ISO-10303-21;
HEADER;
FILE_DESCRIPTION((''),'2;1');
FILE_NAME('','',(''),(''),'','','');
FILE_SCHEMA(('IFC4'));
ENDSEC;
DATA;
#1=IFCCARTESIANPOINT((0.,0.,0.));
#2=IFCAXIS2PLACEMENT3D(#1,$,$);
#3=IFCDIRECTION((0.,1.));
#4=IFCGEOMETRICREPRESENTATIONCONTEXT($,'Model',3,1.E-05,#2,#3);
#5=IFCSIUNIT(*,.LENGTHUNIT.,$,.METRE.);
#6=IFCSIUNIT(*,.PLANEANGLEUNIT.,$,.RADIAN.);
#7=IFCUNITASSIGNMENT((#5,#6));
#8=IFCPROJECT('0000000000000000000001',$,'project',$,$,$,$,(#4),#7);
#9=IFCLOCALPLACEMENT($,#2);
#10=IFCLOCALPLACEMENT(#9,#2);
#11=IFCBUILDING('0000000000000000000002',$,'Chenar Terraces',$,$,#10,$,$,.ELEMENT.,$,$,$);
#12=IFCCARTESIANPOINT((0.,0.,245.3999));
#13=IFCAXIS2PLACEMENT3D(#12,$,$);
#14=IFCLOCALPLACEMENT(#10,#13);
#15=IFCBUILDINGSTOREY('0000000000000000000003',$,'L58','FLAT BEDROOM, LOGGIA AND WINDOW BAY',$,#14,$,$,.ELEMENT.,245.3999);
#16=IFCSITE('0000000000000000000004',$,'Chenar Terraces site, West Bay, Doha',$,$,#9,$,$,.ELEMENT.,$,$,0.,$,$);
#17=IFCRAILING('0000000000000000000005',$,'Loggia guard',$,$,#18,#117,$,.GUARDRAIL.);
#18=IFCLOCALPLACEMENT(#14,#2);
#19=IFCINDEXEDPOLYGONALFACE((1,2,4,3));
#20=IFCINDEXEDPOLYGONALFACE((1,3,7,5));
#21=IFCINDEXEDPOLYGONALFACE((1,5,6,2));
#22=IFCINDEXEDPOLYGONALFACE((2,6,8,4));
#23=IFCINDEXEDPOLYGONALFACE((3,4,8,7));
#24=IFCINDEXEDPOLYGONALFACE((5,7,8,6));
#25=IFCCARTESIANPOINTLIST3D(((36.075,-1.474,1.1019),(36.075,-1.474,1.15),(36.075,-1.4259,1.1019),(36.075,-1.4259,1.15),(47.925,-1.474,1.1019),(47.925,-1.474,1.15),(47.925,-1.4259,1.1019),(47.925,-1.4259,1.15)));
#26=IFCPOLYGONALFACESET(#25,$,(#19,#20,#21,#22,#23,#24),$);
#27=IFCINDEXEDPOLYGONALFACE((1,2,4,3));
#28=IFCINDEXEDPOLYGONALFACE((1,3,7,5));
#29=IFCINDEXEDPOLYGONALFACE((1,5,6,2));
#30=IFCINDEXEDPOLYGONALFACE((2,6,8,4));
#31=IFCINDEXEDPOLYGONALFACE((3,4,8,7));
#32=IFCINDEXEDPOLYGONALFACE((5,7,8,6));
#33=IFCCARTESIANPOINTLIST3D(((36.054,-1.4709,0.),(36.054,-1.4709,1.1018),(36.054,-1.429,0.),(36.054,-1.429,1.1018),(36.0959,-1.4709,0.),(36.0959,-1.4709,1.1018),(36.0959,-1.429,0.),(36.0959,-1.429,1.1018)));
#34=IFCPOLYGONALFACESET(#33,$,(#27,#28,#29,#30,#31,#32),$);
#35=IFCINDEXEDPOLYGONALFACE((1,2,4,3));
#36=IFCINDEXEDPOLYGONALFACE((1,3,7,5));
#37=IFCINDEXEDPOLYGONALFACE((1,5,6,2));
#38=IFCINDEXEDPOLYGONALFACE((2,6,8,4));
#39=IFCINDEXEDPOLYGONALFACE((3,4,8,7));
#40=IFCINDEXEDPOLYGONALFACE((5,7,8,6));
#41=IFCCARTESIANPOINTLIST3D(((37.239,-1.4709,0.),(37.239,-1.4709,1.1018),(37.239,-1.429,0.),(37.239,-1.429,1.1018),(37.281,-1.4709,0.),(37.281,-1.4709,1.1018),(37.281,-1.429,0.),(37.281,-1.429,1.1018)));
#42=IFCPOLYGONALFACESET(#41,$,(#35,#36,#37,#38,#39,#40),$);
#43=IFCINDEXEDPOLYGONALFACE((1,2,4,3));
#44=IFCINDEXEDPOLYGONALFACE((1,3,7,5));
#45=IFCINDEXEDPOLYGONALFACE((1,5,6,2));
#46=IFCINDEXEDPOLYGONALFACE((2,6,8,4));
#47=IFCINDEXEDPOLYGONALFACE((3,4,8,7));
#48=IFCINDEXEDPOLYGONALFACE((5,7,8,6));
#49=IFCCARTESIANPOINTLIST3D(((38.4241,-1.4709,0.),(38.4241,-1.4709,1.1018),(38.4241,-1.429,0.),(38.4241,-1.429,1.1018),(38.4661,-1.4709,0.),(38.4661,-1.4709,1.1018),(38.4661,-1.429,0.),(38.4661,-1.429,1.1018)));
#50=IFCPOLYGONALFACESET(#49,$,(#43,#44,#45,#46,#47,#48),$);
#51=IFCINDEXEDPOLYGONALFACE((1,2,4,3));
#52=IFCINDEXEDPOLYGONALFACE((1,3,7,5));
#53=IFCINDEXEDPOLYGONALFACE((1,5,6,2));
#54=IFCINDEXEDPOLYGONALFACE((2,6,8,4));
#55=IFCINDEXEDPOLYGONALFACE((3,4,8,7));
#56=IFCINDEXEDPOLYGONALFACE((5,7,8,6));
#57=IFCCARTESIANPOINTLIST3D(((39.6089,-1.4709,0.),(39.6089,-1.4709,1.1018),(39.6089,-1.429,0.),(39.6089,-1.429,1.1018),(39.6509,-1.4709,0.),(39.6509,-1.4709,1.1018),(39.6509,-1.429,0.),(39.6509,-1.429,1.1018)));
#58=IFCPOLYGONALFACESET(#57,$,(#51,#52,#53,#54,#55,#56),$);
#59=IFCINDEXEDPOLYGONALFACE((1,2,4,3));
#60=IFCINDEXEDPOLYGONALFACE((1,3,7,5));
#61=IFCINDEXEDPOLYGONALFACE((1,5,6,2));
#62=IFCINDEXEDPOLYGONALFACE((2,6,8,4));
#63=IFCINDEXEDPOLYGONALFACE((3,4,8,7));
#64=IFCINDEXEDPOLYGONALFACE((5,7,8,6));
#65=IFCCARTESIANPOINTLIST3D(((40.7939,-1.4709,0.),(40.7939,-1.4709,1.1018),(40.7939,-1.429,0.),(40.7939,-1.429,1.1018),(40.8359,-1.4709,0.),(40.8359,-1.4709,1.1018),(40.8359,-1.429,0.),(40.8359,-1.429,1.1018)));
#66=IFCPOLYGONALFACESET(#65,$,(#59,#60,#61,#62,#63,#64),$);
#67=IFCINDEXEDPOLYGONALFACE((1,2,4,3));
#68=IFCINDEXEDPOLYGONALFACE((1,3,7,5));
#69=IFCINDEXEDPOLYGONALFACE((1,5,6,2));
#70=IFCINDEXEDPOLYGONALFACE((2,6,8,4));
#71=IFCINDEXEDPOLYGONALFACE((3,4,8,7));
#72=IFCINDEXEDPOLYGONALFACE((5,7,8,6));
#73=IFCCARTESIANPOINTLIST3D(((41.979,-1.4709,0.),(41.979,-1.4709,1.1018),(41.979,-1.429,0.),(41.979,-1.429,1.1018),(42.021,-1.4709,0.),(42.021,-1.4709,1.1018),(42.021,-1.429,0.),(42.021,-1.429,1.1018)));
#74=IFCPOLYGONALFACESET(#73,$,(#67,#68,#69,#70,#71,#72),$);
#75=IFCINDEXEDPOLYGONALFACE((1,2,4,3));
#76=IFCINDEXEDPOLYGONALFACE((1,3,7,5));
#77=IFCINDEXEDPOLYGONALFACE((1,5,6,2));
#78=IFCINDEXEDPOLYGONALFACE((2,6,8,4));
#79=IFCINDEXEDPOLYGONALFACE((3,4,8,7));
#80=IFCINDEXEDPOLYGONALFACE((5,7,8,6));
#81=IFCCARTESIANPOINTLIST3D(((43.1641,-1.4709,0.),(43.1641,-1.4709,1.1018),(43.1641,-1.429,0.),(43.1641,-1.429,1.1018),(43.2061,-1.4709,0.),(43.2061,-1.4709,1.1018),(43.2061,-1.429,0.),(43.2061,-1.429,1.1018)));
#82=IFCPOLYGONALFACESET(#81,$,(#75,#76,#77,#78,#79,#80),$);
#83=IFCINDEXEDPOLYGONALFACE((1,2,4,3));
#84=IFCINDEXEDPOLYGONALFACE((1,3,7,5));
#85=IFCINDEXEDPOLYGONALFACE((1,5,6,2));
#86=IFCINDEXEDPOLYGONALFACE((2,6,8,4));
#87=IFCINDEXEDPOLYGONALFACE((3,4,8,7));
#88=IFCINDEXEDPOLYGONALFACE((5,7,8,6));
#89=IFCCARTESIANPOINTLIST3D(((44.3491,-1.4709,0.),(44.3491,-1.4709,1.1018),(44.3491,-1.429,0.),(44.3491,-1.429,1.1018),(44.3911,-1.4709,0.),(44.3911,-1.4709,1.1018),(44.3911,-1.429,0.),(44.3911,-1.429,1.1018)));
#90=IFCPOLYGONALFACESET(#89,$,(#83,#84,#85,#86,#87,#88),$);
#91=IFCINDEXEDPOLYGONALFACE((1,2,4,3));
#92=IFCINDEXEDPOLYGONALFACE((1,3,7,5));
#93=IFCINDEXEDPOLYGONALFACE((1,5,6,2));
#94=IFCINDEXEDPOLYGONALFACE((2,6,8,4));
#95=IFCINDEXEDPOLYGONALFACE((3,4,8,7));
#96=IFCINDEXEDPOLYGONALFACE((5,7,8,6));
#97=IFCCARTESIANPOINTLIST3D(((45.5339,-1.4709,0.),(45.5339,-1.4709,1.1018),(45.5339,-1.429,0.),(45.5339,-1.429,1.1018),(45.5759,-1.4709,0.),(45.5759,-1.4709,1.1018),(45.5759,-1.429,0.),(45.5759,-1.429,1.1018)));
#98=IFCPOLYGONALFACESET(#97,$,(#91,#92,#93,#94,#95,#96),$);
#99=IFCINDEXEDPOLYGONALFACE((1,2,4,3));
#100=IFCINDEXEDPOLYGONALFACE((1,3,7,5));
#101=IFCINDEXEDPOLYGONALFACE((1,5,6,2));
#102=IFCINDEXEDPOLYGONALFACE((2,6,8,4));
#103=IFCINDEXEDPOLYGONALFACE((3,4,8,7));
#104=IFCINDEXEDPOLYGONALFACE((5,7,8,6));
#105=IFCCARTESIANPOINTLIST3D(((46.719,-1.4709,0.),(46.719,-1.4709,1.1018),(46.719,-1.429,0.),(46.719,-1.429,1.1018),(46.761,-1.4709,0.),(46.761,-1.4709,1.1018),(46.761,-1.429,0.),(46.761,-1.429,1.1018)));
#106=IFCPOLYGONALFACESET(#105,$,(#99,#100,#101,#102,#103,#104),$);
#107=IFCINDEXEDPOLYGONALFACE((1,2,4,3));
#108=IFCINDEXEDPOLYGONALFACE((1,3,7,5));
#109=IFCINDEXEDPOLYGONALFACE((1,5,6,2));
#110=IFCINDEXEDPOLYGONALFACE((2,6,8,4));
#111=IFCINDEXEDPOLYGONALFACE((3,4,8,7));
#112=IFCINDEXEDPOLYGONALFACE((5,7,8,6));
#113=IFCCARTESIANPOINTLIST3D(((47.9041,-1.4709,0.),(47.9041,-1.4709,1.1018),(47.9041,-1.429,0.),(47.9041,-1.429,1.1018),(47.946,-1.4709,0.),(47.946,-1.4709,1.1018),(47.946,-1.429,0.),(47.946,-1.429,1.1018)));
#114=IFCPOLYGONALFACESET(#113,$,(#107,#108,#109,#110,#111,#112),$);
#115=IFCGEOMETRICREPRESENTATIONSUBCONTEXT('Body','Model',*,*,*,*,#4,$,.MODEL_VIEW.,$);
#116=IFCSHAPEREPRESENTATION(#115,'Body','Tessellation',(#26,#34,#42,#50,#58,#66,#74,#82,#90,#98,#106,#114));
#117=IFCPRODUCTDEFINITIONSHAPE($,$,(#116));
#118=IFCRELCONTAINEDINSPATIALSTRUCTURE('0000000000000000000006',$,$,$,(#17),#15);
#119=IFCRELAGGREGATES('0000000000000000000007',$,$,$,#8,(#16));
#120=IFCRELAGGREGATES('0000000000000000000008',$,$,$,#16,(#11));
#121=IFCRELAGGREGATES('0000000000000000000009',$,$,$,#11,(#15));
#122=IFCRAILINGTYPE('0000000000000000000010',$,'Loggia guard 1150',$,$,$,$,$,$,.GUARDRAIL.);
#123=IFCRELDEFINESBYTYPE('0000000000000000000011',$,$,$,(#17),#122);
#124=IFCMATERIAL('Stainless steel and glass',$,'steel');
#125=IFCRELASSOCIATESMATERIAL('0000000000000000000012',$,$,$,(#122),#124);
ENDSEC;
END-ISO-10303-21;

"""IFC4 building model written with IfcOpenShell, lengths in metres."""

from ifc_helpers import new_model, si_unit, direction, frame, origin, origin_2d, place, context, subcontext, project, spatial, rectangle, extrude, material, type_object, element, save


model = new_model("IFC4")

# Units and contexts
model_context = context("Model", 3, precision=1e-05, world=origin(), true_north=direction((0.0, 1.0)))
body_context = subcontext(model_context, "Body", "Model", "MODEL_VIEW")
ifc_project = project(units=[si_unit("LENGTHUNIT", "METRE"), si_unit("PLANEANGLEUNIT", "RADIAN")], contexts=[model_context])

# Site, building, storey
site_placement = place(None, origin())
site = spatial("IfcSite", under=ifc_project, at=site_placement, Name="Chenar Terraces site, West Bay, Doha", CompositionType="ELEMENT", RefElevation=0.0)
building_placement = place(site_placement, origin())
building = spatial("IfcBuilding", under=site, at=building_placement, Name="Chenar Terraces", CompositionType="ELEMENT")
storey_placement = place(building_placement, frame((0.0, 0.0, 245.3999)))
storey = spatial("IfcBuildingStorey", under=building, at=storey_placement, Name="L58", Description="FLAT BEDROOM, LOGGIA AND WINDOW BAY", CompositionType="ELEMENT", Elevation=245.3999)

# Railing
ifc_material_1 = material(Name="Stainless steel and glass", Category="steel")
railing_type_1 = type_object("IfcRailingType", Name="Loggia guard 1150", PredefinedType="GUARDRAIL", material=ifc_material_1)
railing_1_placement = place(storey_placement, frame((36.075, -1.45, 0.0)))
element("IfcRailing", 1, at=railing_1_placement, inside=storey, type_object=railing_type_1, Name="Loggia guard", PredefinedType="GUARDRAIL", context=body_context, shape_type="SweptSolid", body=[
    extrude(rectangle(XDim=0.0481, YDim=0.0481, at=origin_2d()), frame((0.0, 0.0, 1.126), z_axis=(1.0, 0.0, 0.0), x_axis=(0.0, 1.0, 0.0)), (0.0, 0.0, 1.0), 11.8501),
    extrude(rectangle(XDim=0.042, YDim=0.042, at=origin_2d()), origin(), (0.0, 0.0, 1.0), 1.1018),
    extrude(rectangle(XDim=0.042, YDim=0.042, at=origin_2d()), frame((1.1851, 0.0, 0.0)), (0.0, 0.0, 1.0), 1.1018),
    extrude(rectangle(XDim=0.042, YDim=0.042, at=origin_2d()), frame((2.3701, 0.0, 0.0)), (0.0, 0.0, 1.0), 1.1018),
    extrude(rectangle(XDim=0.042, YDim=0.042, at=origin_2d()), frame((3.5549, 0.0, 0.0)), (0.0, 0.0, 1.0), 1.1018),
    extrude(rectangle(XDim=0.042, YDim=0.042, at=origin_2d()), frame((4.74, 0.0, 0.0)), (0.0, 0.0, 1.0), 1.1018),
    extrude(rectangle(XDim=0.042, YDim=0.042, at=origin_2d()), frame((5.925, 0.0, 0.0)), (0.0, 0.0, 1.0), 1.1018),
    extrude(rectangle(XDim=0.042, YDim=0.042, at=origin_2d()), frame((7.1101, 0.0, 0.0)), (0.0, 0.0, 1.0), 1.1018),
    extrude(rectangle(XDim=0.042, YDim=0.042, at=origin_2d()), frame((8.2952, 0.0, 0.0)), (0.0, 0.0, 1.0), 1.1018),
    extrude(rectangle(XDim=0.042, YDim=0.042, at=origin_2d()), frame((9.48, 0.0, 0.0)), (0.0, 0.0, 1.0), 1.1018),
    extrude(rectangle(XDim=0.042, YDim=0.042, at=origin_2d()), frame((10.665, 0.0, 0.0)), (0.0, 0.0, 1.0), 1.1018),
    extrude(rectangle(XDim=0.042, YDim=0.042, at=origin_2d()), frame((11.8501, 0.0, 0.0)), (0.0, 0.0, 1.0), 1.1018),
])

save(model, "model.ifc")
